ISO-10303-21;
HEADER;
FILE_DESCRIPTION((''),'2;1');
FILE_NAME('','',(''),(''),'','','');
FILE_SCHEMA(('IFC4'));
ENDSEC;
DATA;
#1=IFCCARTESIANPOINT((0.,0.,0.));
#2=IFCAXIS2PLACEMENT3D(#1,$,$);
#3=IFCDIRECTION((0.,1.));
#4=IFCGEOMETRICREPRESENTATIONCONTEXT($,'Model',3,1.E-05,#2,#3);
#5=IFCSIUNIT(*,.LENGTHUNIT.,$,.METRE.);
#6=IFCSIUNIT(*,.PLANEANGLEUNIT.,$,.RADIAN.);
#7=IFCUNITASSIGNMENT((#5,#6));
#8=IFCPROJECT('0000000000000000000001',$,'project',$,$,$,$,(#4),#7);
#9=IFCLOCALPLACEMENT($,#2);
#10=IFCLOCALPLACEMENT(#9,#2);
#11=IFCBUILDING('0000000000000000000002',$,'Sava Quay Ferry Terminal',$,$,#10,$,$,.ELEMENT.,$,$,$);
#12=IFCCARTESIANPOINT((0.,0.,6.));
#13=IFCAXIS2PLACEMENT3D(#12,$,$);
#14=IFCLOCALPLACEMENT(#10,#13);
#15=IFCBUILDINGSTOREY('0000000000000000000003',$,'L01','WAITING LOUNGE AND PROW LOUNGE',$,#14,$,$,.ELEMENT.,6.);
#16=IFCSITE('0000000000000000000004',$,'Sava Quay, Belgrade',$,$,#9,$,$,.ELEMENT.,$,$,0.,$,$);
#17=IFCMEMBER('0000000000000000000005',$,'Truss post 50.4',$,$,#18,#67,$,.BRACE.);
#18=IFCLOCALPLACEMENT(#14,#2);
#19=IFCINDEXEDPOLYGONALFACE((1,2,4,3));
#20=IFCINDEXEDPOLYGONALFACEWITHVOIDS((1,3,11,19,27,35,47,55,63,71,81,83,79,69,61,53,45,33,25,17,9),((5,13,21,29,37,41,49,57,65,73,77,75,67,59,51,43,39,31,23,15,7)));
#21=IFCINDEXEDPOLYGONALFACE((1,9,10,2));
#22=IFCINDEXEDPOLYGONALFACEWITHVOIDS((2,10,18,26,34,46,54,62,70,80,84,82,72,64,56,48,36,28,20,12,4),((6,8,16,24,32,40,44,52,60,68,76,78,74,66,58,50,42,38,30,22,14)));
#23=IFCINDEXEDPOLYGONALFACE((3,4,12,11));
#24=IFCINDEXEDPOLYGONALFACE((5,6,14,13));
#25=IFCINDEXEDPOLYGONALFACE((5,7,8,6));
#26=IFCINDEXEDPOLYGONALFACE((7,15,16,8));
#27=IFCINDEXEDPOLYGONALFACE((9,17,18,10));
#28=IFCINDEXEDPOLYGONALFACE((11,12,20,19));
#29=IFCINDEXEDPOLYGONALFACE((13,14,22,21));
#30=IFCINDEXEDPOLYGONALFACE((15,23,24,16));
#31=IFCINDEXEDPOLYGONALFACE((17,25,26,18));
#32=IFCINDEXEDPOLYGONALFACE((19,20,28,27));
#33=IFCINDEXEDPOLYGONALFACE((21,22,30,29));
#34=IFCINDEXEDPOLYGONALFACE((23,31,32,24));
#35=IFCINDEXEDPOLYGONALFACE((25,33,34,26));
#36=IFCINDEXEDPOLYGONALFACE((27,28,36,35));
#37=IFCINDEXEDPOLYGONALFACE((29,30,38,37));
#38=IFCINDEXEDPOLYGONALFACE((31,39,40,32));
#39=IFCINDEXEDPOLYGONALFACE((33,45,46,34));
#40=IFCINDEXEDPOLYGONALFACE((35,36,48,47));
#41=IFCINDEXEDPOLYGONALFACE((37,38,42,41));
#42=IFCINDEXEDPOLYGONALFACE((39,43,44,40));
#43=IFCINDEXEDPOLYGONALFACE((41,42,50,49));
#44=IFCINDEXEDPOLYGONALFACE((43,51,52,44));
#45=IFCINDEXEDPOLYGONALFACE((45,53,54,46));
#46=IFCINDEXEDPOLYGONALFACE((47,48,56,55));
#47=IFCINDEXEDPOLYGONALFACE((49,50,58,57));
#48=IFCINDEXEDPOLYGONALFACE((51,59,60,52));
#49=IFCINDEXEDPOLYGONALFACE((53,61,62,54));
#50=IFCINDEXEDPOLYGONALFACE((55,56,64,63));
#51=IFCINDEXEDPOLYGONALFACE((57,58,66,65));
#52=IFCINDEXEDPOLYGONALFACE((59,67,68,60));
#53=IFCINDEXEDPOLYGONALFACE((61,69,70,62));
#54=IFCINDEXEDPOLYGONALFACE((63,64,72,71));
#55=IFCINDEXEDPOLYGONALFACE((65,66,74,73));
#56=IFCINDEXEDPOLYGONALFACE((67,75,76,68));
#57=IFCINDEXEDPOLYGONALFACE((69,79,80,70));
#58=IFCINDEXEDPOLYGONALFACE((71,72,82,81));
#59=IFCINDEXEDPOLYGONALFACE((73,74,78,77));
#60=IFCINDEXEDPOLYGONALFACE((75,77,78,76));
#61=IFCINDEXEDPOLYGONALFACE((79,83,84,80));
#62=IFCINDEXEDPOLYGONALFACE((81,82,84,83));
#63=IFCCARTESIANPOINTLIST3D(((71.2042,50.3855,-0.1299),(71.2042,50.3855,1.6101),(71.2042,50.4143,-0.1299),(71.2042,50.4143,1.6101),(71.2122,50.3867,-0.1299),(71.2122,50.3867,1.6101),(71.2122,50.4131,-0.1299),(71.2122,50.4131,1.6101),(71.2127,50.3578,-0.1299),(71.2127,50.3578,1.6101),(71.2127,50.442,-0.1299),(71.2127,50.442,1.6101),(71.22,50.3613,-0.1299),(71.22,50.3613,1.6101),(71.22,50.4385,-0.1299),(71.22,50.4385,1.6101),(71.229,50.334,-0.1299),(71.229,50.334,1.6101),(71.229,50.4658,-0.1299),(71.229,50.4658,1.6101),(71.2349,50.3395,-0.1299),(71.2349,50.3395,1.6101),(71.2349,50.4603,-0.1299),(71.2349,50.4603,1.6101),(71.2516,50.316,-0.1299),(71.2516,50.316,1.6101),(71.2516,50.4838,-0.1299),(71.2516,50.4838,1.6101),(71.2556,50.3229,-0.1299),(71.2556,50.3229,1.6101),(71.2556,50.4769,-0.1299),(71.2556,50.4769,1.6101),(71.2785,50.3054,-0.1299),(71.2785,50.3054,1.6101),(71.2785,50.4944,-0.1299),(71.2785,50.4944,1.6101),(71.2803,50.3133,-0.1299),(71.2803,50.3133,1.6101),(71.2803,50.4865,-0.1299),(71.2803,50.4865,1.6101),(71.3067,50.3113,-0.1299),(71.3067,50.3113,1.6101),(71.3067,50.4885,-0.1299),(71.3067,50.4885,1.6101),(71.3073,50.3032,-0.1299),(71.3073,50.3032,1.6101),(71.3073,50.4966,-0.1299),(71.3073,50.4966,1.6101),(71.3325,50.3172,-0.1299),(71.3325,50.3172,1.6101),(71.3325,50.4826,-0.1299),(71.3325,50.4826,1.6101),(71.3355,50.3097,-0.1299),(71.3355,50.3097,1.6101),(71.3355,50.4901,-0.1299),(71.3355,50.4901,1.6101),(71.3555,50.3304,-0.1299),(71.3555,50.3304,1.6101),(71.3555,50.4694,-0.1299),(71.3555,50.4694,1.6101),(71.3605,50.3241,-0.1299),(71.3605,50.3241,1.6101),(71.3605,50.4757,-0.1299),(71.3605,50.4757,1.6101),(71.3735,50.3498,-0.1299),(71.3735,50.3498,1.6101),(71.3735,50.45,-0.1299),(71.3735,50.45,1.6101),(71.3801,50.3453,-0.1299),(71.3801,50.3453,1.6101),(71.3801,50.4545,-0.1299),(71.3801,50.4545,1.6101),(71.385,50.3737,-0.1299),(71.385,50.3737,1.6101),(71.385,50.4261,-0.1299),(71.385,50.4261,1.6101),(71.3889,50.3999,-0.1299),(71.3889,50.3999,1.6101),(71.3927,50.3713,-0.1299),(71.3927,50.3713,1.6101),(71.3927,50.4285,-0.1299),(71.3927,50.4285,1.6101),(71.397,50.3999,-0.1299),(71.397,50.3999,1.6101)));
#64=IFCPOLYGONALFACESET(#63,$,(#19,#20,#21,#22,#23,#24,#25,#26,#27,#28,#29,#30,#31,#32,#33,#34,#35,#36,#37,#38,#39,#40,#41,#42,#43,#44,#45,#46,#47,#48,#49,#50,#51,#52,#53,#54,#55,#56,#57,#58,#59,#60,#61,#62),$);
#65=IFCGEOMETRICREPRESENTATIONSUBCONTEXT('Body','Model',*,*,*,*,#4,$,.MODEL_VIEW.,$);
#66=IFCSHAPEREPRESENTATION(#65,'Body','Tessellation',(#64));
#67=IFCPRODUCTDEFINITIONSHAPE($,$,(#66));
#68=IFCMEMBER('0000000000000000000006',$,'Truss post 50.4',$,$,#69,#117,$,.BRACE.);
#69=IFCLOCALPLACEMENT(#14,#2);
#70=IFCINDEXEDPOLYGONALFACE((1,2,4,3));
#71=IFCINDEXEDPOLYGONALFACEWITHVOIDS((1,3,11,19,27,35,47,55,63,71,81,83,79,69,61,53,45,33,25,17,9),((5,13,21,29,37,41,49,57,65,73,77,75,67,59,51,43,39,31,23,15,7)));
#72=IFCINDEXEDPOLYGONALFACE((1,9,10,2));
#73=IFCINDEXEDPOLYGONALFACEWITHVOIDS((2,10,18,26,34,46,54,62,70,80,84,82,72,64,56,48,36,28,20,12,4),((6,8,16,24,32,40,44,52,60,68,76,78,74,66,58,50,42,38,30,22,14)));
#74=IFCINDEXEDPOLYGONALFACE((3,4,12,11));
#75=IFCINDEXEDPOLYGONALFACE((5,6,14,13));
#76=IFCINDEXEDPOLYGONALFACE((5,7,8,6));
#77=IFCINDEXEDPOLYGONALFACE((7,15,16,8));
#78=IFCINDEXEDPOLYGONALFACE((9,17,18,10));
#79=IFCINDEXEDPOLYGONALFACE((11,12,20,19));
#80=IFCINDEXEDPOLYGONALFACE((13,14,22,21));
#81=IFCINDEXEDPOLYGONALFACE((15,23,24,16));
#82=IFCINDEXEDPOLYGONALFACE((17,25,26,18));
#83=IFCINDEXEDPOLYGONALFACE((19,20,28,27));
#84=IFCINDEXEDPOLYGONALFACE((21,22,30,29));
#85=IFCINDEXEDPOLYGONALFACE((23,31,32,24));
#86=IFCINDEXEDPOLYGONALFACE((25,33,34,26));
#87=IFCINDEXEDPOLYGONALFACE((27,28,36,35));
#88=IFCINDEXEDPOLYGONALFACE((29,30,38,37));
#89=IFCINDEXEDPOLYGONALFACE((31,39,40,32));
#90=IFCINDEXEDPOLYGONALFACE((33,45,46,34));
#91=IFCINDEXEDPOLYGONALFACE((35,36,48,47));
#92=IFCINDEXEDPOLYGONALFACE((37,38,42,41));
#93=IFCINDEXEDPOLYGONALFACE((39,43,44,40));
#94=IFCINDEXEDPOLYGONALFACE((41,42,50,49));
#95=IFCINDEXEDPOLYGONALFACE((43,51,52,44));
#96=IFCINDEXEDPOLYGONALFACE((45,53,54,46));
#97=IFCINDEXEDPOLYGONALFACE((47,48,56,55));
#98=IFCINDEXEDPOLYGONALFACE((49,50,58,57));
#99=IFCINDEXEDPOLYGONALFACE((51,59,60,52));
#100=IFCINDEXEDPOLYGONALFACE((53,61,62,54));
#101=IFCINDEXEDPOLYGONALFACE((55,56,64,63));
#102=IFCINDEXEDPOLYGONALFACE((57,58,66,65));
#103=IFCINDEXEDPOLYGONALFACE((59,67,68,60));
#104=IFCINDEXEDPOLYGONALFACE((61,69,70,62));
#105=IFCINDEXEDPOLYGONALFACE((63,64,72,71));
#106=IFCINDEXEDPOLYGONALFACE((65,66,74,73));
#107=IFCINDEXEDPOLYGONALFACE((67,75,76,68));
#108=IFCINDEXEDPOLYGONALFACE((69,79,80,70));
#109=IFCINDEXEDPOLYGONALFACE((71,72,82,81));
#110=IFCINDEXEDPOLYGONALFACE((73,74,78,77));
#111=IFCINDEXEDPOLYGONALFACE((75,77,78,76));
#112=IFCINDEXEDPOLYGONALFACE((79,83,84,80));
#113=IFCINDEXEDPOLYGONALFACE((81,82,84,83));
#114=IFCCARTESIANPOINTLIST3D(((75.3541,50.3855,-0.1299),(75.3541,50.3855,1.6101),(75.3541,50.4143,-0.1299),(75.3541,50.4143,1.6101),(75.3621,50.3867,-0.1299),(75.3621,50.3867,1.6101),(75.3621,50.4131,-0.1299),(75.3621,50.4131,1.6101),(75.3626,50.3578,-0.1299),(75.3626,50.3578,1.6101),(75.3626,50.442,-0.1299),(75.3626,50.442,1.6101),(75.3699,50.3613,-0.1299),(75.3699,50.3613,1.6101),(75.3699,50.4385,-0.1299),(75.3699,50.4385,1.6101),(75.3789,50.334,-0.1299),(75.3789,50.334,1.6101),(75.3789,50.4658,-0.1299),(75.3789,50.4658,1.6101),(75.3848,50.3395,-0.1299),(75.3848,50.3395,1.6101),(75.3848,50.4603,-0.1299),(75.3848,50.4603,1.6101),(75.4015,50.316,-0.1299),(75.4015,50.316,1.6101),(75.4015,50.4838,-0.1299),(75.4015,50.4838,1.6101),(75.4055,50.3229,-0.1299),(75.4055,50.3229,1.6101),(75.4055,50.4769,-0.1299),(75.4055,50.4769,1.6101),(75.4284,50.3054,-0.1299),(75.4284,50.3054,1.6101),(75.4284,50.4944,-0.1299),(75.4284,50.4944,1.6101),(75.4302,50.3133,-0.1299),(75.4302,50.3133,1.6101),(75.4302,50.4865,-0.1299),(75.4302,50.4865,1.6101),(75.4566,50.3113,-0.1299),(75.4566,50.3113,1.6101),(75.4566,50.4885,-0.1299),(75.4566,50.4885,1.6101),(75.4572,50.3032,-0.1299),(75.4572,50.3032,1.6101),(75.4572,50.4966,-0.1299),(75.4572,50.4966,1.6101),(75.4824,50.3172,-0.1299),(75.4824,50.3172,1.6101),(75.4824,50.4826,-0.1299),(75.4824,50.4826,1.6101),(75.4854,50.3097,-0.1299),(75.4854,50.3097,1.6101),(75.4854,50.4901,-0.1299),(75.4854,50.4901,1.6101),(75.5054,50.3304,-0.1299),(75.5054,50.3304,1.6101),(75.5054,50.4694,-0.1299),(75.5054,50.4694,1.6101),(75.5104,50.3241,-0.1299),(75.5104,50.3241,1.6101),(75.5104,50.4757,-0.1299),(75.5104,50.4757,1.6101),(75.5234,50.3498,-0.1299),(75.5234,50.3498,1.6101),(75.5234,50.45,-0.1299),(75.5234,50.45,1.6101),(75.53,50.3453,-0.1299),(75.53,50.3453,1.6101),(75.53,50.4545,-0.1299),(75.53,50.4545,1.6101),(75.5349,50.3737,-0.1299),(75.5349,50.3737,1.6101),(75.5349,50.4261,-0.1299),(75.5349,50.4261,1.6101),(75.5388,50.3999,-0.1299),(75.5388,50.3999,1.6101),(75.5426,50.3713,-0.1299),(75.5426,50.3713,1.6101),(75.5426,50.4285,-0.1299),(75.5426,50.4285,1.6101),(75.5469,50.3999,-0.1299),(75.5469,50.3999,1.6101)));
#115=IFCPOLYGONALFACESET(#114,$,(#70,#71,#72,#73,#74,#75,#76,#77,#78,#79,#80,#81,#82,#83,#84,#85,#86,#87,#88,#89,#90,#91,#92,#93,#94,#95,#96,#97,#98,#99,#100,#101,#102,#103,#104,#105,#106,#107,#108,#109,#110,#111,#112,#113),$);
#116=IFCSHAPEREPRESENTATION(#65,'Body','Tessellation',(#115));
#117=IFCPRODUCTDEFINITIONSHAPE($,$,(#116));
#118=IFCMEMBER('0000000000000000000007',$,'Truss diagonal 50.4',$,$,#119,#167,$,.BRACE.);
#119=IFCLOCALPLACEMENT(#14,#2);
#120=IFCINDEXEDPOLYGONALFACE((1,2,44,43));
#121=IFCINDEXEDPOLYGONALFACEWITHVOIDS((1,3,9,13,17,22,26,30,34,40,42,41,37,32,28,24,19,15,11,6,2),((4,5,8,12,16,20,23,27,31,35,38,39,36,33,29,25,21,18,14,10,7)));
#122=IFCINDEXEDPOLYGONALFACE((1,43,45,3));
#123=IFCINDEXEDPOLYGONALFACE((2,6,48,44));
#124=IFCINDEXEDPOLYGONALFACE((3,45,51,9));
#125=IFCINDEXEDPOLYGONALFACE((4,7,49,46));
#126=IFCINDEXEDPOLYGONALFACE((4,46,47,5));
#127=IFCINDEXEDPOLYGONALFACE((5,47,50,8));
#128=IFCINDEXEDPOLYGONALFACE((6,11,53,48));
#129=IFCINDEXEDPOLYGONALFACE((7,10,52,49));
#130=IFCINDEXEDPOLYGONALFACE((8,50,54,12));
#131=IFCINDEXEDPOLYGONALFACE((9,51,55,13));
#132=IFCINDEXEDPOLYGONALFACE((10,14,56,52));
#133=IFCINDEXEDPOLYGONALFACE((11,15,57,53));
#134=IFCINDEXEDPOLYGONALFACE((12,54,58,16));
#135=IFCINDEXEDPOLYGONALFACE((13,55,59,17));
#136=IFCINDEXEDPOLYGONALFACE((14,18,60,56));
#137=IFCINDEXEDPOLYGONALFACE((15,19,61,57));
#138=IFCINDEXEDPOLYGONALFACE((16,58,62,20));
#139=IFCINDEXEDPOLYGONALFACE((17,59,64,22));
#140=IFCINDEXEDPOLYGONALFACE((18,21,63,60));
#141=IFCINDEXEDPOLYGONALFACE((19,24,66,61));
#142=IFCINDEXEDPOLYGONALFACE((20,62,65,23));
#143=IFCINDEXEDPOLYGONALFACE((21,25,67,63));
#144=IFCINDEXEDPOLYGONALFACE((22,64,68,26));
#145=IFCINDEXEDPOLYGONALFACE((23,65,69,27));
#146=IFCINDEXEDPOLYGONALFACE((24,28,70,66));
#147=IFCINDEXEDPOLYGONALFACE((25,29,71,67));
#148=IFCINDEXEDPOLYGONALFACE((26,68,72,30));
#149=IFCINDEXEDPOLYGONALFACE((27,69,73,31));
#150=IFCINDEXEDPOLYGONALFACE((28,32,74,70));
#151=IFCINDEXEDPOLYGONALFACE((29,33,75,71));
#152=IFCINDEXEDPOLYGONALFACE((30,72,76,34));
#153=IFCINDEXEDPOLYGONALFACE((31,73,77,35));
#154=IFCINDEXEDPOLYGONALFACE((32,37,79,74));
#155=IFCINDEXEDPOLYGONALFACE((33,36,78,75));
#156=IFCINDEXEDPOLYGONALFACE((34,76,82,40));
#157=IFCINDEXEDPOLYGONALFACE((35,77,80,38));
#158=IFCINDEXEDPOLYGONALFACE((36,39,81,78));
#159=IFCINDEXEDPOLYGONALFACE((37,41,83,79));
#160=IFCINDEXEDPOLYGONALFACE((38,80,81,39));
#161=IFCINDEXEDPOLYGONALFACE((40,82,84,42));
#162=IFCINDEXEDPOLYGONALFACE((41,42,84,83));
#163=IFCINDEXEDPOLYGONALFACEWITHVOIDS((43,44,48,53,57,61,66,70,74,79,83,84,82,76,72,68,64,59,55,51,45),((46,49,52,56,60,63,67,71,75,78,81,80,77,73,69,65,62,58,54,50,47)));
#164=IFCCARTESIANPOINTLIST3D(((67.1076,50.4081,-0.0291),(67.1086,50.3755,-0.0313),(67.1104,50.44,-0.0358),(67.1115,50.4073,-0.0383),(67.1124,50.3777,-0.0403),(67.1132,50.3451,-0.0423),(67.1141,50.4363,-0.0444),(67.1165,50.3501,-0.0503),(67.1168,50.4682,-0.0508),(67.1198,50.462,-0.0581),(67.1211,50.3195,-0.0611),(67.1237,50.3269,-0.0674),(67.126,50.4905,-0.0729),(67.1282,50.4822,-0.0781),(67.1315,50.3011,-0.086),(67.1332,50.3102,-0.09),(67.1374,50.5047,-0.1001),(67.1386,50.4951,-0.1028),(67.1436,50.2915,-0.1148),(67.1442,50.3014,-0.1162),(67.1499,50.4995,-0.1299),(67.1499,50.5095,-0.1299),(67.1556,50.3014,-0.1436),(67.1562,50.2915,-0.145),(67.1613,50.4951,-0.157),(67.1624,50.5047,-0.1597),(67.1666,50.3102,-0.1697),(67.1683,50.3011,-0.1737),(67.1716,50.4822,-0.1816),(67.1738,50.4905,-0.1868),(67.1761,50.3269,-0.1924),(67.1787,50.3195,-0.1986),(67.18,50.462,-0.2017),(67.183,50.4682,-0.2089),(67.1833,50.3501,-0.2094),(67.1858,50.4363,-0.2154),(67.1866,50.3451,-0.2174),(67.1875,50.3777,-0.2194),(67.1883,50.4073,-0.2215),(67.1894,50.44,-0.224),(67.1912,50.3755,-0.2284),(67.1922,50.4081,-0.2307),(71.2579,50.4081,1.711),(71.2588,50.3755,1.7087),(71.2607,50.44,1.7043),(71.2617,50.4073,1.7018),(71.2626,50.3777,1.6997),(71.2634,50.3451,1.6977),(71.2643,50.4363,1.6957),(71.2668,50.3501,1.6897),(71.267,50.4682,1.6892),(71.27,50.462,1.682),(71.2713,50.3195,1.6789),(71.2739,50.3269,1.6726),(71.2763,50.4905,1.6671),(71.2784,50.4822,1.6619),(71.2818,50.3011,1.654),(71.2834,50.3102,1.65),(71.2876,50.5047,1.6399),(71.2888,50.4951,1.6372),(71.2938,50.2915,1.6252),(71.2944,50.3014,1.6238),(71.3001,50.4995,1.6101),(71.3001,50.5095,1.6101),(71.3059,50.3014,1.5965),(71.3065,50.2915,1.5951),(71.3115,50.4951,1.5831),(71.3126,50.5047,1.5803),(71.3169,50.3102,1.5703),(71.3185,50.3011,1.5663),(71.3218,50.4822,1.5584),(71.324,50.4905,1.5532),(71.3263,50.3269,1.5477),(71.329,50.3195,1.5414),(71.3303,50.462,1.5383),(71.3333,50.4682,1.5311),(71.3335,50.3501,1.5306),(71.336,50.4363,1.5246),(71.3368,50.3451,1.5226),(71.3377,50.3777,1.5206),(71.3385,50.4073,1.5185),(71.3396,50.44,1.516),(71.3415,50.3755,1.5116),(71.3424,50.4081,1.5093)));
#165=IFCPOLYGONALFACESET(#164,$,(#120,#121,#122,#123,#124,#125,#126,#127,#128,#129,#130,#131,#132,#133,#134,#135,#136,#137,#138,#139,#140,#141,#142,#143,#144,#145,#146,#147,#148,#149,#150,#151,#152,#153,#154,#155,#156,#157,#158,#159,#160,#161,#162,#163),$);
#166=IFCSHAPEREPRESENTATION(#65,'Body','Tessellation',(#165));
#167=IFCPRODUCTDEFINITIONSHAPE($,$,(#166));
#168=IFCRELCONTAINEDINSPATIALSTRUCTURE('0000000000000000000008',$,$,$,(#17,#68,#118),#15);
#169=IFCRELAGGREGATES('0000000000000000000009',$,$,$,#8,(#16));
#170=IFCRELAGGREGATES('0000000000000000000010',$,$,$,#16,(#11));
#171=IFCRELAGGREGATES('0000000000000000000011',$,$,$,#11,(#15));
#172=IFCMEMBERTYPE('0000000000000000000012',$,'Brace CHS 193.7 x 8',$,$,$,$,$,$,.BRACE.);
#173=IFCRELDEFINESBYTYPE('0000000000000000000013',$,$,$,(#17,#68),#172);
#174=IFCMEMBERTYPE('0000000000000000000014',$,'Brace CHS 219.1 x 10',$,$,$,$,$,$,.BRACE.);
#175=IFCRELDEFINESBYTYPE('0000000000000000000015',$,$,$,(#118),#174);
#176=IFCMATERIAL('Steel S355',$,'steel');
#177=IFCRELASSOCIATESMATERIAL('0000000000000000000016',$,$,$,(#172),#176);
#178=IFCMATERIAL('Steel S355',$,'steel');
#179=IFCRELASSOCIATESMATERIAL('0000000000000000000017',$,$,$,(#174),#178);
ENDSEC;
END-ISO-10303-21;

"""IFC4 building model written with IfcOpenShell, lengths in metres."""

from ifc_helpers import new_model, si_unit, direction, frame, origin, origin_2d, place, context, subcontext, project, spatial, hollow_circle, extrude, material, material_profile, profile_set, type_object, element, save


model = new_model("IFC4")

# Units and contexts
model_context = context("Model", 3, precision=1e-05, world=origin(), true_north=direction((0.0, 1.0)))
body_context = subcontext(model_context, "Body", "Model", "MODEL_VIEW")
ifc_project = project(units=[si_unit("LENGTHUNIT", "METRE"), si_unit("PLANEANGLEUNIT", "RADIAN")], contexts=[model_context])

# Site, building, storey
site_placement = place(None, origin())
site = spatial("IfcSite", under=ifc_project, at=site_placement, Name="Sava Quay, Belgrade", CompositionType="ELEMENT", RefElevation=0.0)
building_placement = place(site_placement, origin())
building = spatial("IfcBuilding", under=site, at=building_placement, Name="Sava Quay Ferry Terminal", CompositionType="ELEMENT")
storey_placement = place(building_placement, frame((0.0, 0.0, 6.0)))
storey = spatial("IfcBuildingStorey", under=building, at=storey_placement, Name="L01", Description="WAITING LOUNGE AND PROW LOUNGE", CompositionType="ELEMENT", Elevation=6.0)

# Members
ifc_material_1 = material(Name="Steel S355", Category="steel")
ifc_material_profile_1 = material_profile(ifc_material_1, hollow_circle(Radius=0.0969, WallThickness=0.0081, at=origin_2d()), Name="CHS 193.7 x 8")
ifc_profile_set_1 = profile_set([ifc_material_profile_1], Name="Steel S355")
member_type_1 = type_object("IfcMemberType", Name="Brace CHS 193.7 x 8", PredefinedType="BRACE", material=ifc_profile_set_1)
for number, where, z_axis, x_axis, name in (
    (1, (71.3, 50.3999, -0.1299), (0.0, 0.0, 1.0), (1.0, 0.0, 0.0), "Truss post 50.4"),
    (2, (75.45, 50.3999, -0.1299), (0.0, 0.0, 1.0), (1.0, 0.0, 0.0), "Truss post 50.4"),
):
    element("IfcMember", number, at=place(storey_placement, frame(where, z_axis=z_axis, x_axis=x_axis)), inside=storey, type_object=member_type_1, Name=name, PredefinedType="BRACE", context=body_context, shape_type="SweptSolid", body=[
        extrude(hollow_circle(Radius=0.0969, WallThickness=0.0081, at=origin_2d()), origin(), (0.0, 0.0, 1.0), 1.74),
    ])
ifc_material_2 = material(Name="Steel S355", Category="steel")
ifc_material_profile_2 = material_profile(ifc_material_2, hollow_circle(Radius=0.1096, WallThickness=0.01, at=origin_2d()), Name="CHS 219.1 x 10")
ifc_profile_set_2 = profile_set([ifc_material_profile_2], Name="Steel S355")
member_type_2 = type_object("IfcMemberType", Name="Brace CHS 219.1 x 10", PredefinedType="BRACE", material=ifc_profile_set_2)
member_1_placement = place(storey_placement, frame((67.1499, 50.3999, -0.1299), z_axis=(0.922226, 0.0, 0.386652), x_axis=(0.0, 1.0, 0.0)))
element("IfcMember", 3, at=member_1_placement, inside=storey, type_object=member_type_2, Name="Truss diagonal 50.4", PredefinedType="BRACE", context=body_context, shape_type="SweptSolid", body=[
    extrude(hollow_circle(Radius=0.1096, WallThickness=0.01, at=origin_2d()), origin(), (0.0, 0.0, 1.0), 4.5002),
])

save(model, "model.ifc")
